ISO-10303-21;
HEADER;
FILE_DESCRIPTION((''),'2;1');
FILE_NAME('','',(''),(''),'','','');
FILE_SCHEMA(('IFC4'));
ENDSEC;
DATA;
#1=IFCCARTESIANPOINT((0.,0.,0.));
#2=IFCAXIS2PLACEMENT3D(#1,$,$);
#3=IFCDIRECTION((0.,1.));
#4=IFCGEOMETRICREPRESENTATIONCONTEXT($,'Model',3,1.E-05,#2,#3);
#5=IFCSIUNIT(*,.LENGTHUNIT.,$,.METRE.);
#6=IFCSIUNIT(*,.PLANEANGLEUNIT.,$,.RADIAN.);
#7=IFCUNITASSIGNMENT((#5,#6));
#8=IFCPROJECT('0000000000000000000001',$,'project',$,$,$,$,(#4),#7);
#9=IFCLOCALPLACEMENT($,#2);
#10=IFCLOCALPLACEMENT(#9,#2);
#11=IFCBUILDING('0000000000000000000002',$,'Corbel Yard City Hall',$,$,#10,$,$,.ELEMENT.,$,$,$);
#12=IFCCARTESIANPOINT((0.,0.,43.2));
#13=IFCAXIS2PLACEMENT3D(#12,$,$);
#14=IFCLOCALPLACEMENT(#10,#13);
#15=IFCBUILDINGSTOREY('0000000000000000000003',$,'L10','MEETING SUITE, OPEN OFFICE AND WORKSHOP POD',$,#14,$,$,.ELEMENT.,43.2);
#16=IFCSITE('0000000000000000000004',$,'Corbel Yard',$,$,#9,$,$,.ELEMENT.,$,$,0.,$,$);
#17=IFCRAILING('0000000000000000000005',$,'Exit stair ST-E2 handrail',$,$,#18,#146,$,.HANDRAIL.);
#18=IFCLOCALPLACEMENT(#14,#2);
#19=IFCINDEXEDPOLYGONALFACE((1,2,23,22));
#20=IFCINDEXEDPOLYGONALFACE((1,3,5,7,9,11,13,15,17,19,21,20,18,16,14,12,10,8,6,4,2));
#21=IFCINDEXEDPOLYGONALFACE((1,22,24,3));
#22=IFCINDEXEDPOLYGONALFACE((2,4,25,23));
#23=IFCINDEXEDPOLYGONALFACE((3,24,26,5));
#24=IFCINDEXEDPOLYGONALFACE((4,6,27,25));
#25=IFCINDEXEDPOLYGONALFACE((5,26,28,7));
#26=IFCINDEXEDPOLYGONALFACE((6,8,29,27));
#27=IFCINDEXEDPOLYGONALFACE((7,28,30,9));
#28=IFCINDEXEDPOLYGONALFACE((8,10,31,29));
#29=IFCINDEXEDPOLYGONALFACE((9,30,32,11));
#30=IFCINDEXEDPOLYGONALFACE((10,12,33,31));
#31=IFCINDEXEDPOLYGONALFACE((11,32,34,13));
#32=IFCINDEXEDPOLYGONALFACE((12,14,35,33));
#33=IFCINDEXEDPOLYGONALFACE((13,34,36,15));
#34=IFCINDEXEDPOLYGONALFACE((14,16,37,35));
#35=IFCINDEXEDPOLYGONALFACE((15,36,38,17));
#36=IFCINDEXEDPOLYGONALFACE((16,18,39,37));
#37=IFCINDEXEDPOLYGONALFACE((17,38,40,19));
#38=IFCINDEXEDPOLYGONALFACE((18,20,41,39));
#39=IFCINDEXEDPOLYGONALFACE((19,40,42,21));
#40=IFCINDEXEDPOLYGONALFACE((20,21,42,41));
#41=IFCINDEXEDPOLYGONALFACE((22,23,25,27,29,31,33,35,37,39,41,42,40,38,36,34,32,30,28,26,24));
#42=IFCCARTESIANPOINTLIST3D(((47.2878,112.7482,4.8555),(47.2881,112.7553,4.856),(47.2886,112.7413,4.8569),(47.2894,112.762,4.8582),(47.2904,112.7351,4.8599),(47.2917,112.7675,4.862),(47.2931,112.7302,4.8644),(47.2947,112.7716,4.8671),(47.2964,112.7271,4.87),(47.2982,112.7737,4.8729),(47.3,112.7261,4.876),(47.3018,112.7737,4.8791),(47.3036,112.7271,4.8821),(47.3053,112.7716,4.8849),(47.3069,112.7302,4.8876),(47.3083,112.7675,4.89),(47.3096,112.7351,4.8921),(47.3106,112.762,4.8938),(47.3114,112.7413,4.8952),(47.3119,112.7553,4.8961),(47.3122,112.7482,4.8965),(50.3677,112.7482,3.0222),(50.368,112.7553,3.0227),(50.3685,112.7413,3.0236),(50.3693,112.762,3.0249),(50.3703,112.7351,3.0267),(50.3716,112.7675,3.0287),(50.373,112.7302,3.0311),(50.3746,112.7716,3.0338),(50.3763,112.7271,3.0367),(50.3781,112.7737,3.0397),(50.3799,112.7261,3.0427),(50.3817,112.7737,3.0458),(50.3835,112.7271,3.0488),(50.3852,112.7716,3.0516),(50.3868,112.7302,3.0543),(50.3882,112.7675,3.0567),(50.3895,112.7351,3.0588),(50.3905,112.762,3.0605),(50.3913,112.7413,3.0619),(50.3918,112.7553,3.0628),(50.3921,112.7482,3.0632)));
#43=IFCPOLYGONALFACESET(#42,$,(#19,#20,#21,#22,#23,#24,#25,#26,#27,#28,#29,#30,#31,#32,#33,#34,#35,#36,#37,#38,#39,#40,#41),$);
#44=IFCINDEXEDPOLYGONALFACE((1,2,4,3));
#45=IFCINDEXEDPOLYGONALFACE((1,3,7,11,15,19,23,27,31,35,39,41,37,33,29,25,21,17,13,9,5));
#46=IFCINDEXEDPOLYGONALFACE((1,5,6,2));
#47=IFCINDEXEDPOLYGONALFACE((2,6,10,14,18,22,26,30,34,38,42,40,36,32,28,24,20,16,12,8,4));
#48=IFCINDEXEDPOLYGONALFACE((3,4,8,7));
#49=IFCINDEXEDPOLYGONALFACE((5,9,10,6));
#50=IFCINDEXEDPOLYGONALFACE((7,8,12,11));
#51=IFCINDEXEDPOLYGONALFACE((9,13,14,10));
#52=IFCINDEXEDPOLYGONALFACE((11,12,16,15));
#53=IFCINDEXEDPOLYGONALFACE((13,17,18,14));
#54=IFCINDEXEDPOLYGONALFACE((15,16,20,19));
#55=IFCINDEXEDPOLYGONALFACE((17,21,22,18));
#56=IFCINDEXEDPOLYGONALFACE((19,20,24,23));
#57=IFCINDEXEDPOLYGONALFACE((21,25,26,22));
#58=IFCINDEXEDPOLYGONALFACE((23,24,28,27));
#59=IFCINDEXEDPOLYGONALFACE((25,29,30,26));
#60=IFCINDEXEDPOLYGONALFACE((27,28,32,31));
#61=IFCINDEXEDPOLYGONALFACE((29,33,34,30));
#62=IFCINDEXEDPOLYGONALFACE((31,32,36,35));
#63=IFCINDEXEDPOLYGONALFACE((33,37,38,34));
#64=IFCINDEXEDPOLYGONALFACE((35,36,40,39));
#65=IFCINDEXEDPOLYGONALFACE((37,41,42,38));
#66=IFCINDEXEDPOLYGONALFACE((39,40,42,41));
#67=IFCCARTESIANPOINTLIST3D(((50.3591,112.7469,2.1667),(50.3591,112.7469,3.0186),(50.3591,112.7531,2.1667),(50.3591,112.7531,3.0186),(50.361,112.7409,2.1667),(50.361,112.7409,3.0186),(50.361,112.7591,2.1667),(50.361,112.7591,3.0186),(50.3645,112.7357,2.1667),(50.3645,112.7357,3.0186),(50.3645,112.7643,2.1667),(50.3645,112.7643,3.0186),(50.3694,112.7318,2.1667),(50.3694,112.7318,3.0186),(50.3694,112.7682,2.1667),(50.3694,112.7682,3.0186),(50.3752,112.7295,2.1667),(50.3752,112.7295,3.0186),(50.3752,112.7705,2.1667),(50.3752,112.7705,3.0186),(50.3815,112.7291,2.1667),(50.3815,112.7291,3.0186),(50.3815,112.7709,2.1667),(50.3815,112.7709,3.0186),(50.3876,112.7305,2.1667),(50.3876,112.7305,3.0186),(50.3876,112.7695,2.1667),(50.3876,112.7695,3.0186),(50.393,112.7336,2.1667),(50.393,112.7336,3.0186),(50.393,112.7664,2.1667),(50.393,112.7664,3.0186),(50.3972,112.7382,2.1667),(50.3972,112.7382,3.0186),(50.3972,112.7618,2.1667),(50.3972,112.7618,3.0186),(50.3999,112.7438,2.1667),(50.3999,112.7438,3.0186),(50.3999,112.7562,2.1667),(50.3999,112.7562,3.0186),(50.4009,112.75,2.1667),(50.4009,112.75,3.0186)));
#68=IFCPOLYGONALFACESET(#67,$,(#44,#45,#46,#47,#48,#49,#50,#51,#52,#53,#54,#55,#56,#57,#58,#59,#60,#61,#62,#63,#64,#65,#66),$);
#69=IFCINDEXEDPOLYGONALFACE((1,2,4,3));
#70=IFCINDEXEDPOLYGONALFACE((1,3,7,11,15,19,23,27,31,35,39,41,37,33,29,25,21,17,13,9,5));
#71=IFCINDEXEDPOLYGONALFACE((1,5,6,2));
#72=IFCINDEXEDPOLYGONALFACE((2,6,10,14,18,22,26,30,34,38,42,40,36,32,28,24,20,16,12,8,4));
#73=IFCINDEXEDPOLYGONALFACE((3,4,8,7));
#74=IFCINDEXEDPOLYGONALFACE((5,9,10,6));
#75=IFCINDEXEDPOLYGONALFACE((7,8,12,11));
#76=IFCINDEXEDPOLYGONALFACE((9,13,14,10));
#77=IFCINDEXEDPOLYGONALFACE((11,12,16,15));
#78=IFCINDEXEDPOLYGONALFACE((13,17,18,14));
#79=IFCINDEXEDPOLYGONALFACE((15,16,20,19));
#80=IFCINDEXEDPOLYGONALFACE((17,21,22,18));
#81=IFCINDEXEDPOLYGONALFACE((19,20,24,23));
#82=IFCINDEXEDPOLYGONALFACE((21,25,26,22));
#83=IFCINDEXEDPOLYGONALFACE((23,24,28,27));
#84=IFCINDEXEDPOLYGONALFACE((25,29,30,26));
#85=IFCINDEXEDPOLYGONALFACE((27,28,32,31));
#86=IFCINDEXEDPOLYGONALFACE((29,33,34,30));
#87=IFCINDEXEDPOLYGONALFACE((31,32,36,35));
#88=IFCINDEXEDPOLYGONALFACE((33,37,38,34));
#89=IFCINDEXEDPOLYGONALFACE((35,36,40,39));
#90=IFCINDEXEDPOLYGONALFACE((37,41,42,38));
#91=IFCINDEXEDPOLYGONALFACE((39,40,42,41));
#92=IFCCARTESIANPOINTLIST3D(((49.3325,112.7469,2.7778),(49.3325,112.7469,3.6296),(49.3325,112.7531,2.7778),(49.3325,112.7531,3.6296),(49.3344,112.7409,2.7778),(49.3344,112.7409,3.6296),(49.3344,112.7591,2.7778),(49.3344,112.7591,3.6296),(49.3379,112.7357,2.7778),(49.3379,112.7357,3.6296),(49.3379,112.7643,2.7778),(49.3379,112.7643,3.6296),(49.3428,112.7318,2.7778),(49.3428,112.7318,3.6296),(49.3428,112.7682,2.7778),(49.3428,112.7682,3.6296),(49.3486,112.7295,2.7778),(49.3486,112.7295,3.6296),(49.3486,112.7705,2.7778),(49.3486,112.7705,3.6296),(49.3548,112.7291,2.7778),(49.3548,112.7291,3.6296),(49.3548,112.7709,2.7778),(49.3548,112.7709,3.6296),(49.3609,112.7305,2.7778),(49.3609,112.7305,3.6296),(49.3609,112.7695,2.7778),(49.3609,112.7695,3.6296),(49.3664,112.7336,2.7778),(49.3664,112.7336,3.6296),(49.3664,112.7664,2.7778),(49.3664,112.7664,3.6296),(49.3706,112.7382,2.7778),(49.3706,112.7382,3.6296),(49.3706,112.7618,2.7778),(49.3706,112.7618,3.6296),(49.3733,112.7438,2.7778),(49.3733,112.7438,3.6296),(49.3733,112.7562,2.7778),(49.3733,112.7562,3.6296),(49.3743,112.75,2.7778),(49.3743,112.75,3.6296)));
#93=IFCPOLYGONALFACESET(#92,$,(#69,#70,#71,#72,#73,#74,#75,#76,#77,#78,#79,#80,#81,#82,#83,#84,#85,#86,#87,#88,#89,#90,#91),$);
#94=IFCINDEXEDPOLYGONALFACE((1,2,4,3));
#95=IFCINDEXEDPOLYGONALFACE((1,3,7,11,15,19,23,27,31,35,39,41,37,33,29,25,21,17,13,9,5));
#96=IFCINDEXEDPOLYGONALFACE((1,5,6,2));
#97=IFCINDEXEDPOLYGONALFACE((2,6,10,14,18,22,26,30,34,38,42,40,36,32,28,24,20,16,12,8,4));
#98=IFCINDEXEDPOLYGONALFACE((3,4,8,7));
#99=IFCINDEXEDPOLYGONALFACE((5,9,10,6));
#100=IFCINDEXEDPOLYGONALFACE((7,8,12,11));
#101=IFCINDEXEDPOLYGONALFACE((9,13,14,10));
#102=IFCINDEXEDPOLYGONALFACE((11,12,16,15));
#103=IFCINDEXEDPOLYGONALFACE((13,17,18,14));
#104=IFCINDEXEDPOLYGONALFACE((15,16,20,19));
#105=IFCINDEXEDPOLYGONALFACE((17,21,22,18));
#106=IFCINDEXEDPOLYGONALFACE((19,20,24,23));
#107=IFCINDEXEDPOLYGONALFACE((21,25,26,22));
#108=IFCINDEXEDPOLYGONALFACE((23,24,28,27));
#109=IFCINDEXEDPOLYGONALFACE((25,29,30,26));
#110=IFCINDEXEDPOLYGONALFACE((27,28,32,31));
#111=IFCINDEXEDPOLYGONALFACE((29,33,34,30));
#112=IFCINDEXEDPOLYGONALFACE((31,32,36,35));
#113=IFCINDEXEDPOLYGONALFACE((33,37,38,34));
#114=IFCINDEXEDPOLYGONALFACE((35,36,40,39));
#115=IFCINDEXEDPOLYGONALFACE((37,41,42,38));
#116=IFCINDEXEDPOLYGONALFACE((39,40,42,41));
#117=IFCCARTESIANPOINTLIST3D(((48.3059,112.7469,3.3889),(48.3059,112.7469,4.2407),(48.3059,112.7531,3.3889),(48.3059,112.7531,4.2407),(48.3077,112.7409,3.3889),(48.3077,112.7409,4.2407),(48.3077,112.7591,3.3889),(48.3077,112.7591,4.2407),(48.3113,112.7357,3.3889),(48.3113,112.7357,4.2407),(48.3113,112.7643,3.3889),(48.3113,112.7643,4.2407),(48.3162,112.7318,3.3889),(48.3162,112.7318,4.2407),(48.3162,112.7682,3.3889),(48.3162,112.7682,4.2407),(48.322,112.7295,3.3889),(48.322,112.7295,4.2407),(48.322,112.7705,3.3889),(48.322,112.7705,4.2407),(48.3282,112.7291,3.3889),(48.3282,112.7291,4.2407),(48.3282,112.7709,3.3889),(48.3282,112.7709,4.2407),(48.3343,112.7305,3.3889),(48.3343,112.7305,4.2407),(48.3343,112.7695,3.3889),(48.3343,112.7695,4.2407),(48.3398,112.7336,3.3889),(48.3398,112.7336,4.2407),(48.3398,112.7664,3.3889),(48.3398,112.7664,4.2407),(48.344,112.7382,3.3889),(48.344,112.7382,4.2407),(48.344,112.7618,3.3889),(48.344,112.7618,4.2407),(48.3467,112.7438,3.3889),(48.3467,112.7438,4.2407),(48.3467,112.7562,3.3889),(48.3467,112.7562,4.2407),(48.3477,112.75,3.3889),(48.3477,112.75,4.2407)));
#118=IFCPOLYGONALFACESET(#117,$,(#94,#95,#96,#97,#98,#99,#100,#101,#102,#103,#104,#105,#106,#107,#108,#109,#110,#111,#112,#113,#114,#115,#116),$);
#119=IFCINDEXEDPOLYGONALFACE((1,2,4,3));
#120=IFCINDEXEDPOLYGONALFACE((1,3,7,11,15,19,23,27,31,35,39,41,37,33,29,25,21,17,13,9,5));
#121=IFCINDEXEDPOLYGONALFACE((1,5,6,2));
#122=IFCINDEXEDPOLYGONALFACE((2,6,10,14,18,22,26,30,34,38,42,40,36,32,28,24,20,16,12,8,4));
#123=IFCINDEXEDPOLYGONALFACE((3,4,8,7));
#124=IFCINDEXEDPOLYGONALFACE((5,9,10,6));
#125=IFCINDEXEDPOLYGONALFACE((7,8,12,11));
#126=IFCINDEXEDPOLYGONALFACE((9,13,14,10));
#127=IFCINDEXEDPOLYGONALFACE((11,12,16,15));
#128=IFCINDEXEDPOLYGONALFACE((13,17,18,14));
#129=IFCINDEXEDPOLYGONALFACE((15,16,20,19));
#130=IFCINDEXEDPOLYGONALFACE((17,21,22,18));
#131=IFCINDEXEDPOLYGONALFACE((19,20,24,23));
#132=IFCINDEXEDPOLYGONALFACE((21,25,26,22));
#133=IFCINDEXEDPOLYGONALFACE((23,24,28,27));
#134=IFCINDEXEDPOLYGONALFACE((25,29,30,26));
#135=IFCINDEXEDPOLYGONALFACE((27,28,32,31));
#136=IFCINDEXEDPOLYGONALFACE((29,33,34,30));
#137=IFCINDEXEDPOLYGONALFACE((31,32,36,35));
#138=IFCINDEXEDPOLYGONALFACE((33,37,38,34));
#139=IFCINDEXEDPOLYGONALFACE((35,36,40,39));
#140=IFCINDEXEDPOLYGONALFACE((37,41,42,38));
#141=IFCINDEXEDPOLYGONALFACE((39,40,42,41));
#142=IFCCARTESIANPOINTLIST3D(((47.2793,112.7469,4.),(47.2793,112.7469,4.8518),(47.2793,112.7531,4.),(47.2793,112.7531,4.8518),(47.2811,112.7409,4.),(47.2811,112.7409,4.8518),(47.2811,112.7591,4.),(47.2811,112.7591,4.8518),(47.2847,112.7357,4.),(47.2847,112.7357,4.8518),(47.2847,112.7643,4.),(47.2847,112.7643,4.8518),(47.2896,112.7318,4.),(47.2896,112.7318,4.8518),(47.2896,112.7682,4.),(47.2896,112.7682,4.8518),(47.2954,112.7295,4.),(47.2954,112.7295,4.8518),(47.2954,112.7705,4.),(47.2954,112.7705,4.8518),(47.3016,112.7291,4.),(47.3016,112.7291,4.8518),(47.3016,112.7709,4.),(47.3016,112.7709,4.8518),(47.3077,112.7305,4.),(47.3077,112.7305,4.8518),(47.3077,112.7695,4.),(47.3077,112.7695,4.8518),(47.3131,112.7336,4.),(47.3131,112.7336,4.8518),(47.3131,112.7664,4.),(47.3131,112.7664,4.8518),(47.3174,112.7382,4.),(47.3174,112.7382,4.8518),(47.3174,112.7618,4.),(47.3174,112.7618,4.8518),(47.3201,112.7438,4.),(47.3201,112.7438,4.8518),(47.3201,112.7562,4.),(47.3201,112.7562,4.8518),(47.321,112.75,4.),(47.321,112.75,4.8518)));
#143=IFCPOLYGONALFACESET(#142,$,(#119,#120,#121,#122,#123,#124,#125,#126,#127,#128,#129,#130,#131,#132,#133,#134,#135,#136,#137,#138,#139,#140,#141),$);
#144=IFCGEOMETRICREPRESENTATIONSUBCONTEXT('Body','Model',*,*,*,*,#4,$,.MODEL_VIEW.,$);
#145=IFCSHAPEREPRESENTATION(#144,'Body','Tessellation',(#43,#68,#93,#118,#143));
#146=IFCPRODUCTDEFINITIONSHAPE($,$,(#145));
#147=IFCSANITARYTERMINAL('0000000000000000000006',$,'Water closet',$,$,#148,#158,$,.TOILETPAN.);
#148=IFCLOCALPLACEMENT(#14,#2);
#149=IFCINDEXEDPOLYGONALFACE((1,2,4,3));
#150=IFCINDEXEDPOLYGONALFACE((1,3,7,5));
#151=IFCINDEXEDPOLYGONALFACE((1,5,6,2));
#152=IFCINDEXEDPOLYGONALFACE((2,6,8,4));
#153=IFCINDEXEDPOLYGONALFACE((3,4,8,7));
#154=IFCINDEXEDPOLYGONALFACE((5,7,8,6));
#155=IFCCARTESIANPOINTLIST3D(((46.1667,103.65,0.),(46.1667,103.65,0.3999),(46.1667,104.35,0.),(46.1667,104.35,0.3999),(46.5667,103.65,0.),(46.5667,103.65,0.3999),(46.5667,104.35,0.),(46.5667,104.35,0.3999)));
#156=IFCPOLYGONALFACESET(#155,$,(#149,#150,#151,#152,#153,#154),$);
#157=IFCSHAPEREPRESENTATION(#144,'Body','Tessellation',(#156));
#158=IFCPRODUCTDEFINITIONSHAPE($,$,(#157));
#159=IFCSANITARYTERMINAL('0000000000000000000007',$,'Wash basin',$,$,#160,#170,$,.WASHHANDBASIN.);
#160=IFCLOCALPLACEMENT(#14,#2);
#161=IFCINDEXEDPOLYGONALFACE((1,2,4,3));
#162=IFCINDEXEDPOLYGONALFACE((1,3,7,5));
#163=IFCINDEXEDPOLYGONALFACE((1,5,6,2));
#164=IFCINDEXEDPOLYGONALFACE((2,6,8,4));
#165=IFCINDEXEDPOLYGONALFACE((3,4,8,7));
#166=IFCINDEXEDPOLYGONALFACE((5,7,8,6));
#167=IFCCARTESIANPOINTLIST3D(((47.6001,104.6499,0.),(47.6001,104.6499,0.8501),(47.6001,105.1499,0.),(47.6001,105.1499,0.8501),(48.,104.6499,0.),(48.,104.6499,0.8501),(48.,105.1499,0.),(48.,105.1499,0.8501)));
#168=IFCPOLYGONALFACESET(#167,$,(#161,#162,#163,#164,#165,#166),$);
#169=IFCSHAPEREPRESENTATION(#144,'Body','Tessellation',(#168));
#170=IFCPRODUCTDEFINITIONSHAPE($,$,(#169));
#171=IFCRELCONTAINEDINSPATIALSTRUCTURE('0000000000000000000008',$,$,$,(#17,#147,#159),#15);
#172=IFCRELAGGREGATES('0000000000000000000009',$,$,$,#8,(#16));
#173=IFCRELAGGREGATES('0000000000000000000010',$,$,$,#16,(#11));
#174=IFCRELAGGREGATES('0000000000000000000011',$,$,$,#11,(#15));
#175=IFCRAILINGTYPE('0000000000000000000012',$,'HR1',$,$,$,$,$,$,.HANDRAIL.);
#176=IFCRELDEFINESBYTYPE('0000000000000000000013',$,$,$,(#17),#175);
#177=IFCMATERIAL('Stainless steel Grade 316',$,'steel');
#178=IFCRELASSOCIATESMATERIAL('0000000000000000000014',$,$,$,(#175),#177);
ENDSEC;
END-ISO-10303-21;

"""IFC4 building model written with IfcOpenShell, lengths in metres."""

from ifc_helpers import new_model, si_unit, direction, frame, origin, origin_2d, place, context, subcontext, project, spatial, rectangle, circle, extrude, material, type_object, element, save


model = new_model("IFC4")

# Units and contexts
model_context = context("Model", 3, precision=1e-05, world=origin(), true_north=direction((0.0, 1.0)))
body_context = subcontext(model_context, "Body", "Model", "MODEL_VIEW")
ifc_project = project(units=[si_unit("LENGTHUNIT", "METRE"), si_unit("PLANEANGLEUNIT", "RADIAN")], contexts=[model_context])

# Site, building, storey
site_placement = place(None, origin())
site = spatial("IfcSite", under=ifc_project, at=site_placement, Name="Corbel Yard", CompositionType="ELEMENT", RefElevation=0.0)
building_placement = place(site_placement, origin())
building = spatial("IfcBuilding", under=site, at=building_placement, Name="Corbel Yard City Hall", CompositionType="ELEMENT")
storey_placement = place(building_placement, frame((0.0, 0.0, 43.2)))
storey = spatial("IfcBuildingStorey", under=building, at=storey_placement, Name="L10", Description="MEETING SUITE, OPEN OFFICE AND WORKSHOP POD", CompositionType="ELEMENT", Elevation=43.2)

# Shared definitions
ifc_material_1 = material(Name="Stainless steel Grade 316", Category="steel")

# Railing
railing_type = type_object("IfcRailingType", Name="HR1", PredefinedType="HANDRAIL", material=ifc_material_1)
for number, where, name in (
    (1, (50.3799, 112.75, 2.1667), "Exit stair ST-E2 handrail"),
):
    element("IfcRailing", number, at=place(storey_placement, frame(where)), inside=storey, type_object=railing_type, Name=name, PredefinedType="HANDRAIL", context=body_context, shape_type="SweptSolid", body=[
        extrude(circle(Radius=0.0239, at=origin_2d()), frame((0.0, 0.0, 0.876), z_axis=(-0.859291, 0.0, 0.511487), x_axis=(0.0, -1.0, 0.0)), (0.0, 0.0, 1.0), 3.5842),
        extrude(circle(Radius=0.021, at=origin_2d()), origin(), (0.0, 0.0, 1.0), 0.8518),
        extrude(circle(Radius=0.021, at=origin_2d()), frame((-1.0266, 0.0, 0.6111)), (0.0, 0.0, 1.0), 0.8518),
        extrude(circle(Radius=0.021, at=origin_2d()), frame((-2.0532, 0.0, 1.2222)), (0.0, 0.0, 1.0), 0.8518),
        extrude(circle(Radius=0.021, at=origin_2d()), frame((-3.0798, 0.0, 1.8333)), (0.0, 0.0, 1.0), 0.8518),
    ])

# Sanitary terminals
sanitary_terminal_1_placement = place(storey_placement, frame((46.3667, 104.0, 0.0), z_axis=(0.0, 0.0, 1.0), x_axis=(1.0, 0.0, 0.0)))
element("IfcSanitaryTerminal", 2, at=sanitary_terminal_1_placement, inside=storey, Name="Water closet", PredefinedType="TOILETPAN", context=body_context, shape_type="SweptSolid", body=[
    extrude(rectangle(XDim=0.3999, YDim=0.7, at=origin_2d()), origin(), (0.0, 0.0, 1.0), 0.3999),
])
sanitary_terminal_2_placement = place(storey_placement, frame((47.8, 104.8999, 0.0), z_axis=(0.0, 0.0, 1.0), x_axis=(1.0, 0.0, 0.0)))
element("IfcSanitaryTerminal", 3, at=sanitary_terminal_2_placement, inside=storey, Name="Wash basin", PredefinedType="WASHHANDBASIN", context=body_context, shape_type="SweptSolid", body=[
    extrude(rectangle(XDim=0.3999, YDim=0.5, at=origin_2d()), origin(), (0.0, 0.0, 1.0), 0.8501),
])

save(model, "model.ifc")
